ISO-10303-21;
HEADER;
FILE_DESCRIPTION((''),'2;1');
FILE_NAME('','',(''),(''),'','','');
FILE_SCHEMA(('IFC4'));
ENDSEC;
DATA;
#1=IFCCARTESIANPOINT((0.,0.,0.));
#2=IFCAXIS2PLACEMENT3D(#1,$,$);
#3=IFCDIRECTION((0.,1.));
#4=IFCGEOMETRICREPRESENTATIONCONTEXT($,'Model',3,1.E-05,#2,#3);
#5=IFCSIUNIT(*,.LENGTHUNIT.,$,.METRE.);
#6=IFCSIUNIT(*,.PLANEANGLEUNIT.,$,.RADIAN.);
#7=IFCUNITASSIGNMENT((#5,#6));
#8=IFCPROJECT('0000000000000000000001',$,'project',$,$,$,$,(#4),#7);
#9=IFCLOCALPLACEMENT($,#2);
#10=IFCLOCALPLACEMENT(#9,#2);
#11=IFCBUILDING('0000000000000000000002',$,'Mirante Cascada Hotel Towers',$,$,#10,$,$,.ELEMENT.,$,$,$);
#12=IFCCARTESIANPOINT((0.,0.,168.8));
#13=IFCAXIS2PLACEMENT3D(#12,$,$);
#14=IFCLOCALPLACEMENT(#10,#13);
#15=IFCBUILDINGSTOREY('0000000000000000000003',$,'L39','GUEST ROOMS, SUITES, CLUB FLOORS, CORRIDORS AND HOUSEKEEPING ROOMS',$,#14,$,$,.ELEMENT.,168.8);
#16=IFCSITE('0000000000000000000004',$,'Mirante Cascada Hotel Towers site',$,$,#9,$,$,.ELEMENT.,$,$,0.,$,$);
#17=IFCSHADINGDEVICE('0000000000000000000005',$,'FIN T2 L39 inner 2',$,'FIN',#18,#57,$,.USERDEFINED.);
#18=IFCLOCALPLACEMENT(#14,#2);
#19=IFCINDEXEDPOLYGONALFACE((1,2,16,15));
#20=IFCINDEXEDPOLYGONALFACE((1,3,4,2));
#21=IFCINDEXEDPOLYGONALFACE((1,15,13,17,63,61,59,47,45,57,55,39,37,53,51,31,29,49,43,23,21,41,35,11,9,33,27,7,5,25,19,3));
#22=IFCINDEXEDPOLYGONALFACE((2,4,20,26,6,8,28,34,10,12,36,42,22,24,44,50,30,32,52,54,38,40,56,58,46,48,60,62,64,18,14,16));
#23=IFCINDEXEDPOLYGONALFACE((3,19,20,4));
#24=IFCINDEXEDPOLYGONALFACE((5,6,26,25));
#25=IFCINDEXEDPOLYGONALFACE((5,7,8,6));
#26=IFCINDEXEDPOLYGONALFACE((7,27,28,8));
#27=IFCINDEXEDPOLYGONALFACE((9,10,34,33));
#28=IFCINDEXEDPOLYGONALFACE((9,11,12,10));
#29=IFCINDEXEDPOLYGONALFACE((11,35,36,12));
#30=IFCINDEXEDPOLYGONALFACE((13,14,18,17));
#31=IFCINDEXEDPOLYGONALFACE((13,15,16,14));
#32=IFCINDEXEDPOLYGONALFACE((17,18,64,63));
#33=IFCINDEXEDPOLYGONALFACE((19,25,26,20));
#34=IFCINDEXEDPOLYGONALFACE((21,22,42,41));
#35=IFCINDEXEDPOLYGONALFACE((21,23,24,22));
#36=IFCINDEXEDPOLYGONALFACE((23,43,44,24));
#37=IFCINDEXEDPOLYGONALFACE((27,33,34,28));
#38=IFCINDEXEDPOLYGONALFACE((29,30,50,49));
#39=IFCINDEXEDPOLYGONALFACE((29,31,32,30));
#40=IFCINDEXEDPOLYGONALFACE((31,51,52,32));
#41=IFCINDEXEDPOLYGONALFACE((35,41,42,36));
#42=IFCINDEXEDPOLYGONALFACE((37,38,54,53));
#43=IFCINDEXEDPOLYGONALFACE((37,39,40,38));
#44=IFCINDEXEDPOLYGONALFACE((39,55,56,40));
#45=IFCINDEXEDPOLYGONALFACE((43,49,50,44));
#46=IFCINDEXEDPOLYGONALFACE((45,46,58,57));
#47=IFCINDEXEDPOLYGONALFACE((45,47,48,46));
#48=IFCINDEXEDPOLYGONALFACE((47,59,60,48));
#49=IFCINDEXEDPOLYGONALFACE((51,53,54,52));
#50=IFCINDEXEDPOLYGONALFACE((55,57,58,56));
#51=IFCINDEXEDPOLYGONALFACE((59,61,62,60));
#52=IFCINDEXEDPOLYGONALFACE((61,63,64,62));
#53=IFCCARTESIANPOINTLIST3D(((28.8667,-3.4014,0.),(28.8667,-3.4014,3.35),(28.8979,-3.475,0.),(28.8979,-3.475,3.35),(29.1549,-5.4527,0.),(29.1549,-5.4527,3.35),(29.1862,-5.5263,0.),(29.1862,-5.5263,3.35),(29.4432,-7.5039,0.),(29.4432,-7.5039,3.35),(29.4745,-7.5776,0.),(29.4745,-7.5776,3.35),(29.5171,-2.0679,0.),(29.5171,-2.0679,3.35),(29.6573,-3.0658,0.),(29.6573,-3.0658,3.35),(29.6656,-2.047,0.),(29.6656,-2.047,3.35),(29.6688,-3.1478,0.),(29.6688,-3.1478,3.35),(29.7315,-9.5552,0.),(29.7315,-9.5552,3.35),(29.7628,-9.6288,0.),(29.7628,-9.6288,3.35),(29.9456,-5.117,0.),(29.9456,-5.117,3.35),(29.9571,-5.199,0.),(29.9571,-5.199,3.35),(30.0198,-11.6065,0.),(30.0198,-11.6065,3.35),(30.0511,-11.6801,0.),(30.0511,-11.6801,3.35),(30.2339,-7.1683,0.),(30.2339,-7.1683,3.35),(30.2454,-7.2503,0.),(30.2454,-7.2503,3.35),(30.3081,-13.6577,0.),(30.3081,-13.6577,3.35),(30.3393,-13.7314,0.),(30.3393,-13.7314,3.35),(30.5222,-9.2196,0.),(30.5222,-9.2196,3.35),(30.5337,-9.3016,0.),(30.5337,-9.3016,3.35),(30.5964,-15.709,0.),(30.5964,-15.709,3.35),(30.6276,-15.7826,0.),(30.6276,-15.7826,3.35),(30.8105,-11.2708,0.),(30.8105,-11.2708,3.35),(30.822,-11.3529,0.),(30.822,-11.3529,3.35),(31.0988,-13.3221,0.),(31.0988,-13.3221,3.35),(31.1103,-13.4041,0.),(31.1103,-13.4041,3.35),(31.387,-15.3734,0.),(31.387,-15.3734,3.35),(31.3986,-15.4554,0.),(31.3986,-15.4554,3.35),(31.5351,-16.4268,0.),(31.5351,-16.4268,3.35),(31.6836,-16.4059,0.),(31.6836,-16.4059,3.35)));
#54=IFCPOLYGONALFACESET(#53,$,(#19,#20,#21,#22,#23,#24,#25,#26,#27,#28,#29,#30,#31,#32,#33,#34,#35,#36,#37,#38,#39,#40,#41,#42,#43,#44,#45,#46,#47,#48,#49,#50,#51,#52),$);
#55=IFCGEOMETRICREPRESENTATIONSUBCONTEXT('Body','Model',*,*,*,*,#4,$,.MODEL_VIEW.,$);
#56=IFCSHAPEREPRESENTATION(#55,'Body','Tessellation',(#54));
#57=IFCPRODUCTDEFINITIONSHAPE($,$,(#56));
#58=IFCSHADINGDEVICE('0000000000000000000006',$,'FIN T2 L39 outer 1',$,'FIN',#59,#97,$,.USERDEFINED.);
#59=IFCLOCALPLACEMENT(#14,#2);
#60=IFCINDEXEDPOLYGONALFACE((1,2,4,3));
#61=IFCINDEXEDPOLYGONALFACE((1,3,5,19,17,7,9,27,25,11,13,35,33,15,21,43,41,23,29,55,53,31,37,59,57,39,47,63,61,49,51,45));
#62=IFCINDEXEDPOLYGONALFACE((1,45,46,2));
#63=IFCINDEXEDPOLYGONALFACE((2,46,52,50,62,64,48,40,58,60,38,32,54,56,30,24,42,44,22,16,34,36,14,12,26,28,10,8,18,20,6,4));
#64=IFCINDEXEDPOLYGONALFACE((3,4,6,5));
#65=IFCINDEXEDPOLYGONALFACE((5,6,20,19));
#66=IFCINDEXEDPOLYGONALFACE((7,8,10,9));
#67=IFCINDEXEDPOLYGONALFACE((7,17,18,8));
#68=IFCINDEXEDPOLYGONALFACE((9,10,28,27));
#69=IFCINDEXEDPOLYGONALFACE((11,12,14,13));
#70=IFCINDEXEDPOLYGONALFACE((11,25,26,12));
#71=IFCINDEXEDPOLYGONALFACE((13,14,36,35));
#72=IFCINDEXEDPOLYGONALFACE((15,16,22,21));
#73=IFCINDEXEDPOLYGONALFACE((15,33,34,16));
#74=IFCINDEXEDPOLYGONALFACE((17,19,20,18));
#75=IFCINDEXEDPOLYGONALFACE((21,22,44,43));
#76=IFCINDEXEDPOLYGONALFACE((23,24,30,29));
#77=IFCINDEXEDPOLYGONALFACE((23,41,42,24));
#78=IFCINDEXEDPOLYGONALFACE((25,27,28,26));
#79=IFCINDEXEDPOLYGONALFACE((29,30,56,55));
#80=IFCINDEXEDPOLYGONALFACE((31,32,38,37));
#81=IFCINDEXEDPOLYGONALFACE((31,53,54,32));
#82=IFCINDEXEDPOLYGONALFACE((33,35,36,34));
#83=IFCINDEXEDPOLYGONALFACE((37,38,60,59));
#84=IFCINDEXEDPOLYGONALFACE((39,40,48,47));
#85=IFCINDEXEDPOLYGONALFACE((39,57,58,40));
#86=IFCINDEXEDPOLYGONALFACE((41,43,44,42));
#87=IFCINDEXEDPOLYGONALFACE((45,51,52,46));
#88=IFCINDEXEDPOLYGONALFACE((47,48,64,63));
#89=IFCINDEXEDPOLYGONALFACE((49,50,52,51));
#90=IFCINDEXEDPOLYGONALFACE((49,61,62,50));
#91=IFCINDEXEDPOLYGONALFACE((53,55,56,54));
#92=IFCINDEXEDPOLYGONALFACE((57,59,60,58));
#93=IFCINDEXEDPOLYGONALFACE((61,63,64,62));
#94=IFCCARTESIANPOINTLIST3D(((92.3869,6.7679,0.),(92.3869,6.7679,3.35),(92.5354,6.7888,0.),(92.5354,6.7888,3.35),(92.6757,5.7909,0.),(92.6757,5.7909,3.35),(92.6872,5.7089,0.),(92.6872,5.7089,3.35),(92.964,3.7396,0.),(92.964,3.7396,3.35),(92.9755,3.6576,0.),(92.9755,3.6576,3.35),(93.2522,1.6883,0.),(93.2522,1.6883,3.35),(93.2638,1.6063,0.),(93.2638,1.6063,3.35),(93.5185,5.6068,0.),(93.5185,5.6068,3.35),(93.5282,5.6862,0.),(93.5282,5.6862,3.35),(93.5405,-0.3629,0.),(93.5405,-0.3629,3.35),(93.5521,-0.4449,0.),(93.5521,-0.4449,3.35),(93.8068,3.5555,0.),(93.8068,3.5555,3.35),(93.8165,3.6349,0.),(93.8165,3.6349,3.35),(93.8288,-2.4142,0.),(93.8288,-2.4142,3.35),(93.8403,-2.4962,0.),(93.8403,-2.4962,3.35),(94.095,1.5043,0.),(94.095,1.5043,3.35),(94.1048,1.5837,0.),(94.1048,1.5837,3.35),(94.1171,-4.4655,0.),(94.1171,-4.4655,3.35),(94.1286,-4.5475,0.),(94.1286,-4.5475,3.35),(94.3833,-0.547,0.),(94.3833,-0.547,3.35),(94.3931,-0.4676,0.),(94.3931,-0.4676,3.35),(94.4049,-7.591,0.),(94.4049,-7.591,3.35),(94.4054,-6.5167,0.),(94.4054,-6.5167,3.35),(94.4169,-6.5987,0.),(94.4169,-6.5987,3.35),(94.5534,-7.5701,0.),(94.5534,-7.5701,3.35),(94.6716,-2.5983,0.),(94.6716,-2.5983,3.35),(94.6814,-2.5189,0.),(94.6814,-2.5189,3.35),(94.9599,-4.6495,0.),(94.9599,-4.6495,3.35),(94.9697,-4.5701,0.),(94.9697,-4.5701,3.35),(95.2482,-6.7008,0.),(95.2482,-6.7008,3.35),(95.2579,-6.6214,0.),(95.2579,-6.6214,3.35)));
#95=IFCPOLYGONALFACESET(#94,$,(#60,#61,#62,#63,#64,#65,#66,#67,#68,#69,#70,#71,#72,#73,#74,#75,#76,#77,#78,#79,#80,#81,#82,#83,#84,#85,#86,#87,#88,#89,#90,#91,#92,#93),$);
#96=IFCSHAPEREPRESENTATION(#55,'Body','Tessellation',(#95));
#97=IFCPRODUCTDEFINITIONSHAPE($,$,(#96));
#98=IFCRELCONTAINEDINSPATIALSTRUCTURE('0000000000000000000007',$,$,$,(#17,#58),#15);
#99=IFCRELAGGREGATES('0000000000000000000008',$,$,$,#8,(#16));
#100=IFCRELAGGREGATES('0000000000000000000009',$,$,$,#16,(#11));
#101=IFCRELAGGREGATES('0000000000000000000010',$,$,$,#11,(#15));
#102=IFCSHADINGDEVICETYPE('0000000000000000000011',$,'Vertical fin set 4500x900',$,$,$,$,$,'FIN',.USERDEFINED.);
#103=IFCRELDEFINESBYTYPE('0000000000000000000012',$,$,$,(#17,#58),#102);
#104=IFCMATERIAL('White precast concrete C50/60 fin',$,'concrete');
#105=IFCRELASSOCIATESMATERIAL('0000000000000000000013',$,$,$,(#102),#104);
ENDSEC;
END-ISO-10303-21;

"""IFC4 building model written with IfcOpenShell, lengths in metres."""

from ifc_helpers import new_model, si_unit, direction, frame, origin, place, context, subcontext, project, spatial, polyline, outline, extrude, material, type_object, element, save


model = new_model("IFC4")

# Units and contexts
model_context = context("Model", 3, precision=1e-05, world=origin(), true_north=direction((0.0, 1.0)))
body_context = subcontext(model_context, "Body", "Model", "MODEL_VIEW")
ifc_project = project(units=[si_unit("LENGTHUNIT", "METRE"), si_unit("PLANEANGLEUNIT", "RADIAN")], contexts=[model_context])

# Site, building, storey
site_placement = place(None, origin())
site = spatial("IfcSite", under=ifc_project, at=site_placement, Name="Mirante Cascada Hotel Towers site", CompositionType="ELEMENT", RefElevation=0.0)
building_placement = place(site_placement, origin())
building = spatial("IfcBuilding", under=site, at=building_placement, Name="Mirante Cascada Hotel Towers", CompositionType="ELEMENT")
storey_placement = place(building_placement, frame((0.0, 0.0, 168.8)))
storey = spatial("IfcBuildingStorey", under=building, at=storey_placement, Name="L39", Description="GUEST ROOMS, SUITES, CLUB FLOORS, CORRIDORS AND HOUSEKEEPING ROOMS", CompositionType="ELEMENT", Elevation=168.8)

# Shading devices
ifc_material_1 = material(Name="White precast concrete C50/60 fin", Category="concrete")
shading_device_type = type_object("IfcShadingDeviceType", Name="Vertical fin set 4500x900", ElementType="FIN", PredefinedType="USERDEFINED", material=ifc_material_1)
shading_device_1_placement = place(storey_placement, origin())
element("IfcShadingDevice", 1, at=shading_device_1_placement, inside=storey, type_object=shading_device_type, Name="FIN T2 L39 inner 2", ObjectType="FIN", PredefinedType="USERDEFINED", context=body_context, shape_type="SweptSolid", body=[
    extrude(outline(polyline([(30.5964, -15.709), (31.387, -15.3734), (31.1103, -13.4041), (30.3393, -13.7314), (30.3081, -13.6577), (31.0988, -13.3221), (30.822, -11.3529), (30.0511, -11.6801), (30.0198, -11.6065), (30.8105, -11.2708), (30.5337, -9.3016), (29.7628, -9.6288), (29.7315, -9.5552), (30.5222, -9.2196), (30.2454, -7.2503), (29.4745, -7.5776), (29.4432, -7.5039), (30.2339, -7.1683), (29.9571, -5.199), (29.1862, -5.5263), (29.1549, -5.4527), (29.9456, -5.117), (29.6688, -3.1478), (28.8979, -3.475), (28.8667, -3.4014), (29.6573, -3.0658), (29.5171, -2.0679), (29.6656, -2.047), (31.6836, -16.4059), (31.5351, -16.4268), (31.3986, -15.4554), (30.6276, -15.7826), (30.5964, -15.709)])), origin(), (0.0, 0.0, 1.0), 3.35),
])
shading_device_2_placement = place(storey_placement, origin())
element("IfcShadingDevice", 2, at=shading_device_2_placement, inside=storey, type_object=shading_device_type, Name="FIN T2 L39 outer 1", ObjectType="FIN", PredefinedType="USERDEFINED", context=body_context, shape_type="SweptSolid", body=[
    extrude(outline(polyline([(95.2482, -6.7008), (94.4169, -6.5987), (94.5534, -7.5701), (94.4049, -7.591), (92.3869, 6.7679), (92.5354, 6.7888), (92.6757, 5.7909), (93.5282, 5.6862), (93.5185, 5.6068), (92.6872, 5.7089), (92.964, 3.7396), (93.8165, 3.6349), (93.8068, 3.5555), (92.9755, 3.6576), (93.2522, 1.6883), (94.1048, 1.5837), (94.095, 1.5043), (93.2638, 1.6063), (93.5405, -0.3629), (94.3931, -0.4676), (94.3833, -0.547), (93.5521, -0.4449), (93.8288, -2.4142), (94.6814, -2.5189), (94.6716, -2.5983), (93.8403, -2.4962), (94.1171, -4.4655), (94.9697, -4.5701), (94.9599, -4.6495), (94.1286, -4.5475), (94.4054, -6.5167), (95.2579, -6.6214), (95.2482, -6.7008)])), origin(), (0.0, 0.0, 1.0), 3.35),
])

save(model, "model.ifc")
